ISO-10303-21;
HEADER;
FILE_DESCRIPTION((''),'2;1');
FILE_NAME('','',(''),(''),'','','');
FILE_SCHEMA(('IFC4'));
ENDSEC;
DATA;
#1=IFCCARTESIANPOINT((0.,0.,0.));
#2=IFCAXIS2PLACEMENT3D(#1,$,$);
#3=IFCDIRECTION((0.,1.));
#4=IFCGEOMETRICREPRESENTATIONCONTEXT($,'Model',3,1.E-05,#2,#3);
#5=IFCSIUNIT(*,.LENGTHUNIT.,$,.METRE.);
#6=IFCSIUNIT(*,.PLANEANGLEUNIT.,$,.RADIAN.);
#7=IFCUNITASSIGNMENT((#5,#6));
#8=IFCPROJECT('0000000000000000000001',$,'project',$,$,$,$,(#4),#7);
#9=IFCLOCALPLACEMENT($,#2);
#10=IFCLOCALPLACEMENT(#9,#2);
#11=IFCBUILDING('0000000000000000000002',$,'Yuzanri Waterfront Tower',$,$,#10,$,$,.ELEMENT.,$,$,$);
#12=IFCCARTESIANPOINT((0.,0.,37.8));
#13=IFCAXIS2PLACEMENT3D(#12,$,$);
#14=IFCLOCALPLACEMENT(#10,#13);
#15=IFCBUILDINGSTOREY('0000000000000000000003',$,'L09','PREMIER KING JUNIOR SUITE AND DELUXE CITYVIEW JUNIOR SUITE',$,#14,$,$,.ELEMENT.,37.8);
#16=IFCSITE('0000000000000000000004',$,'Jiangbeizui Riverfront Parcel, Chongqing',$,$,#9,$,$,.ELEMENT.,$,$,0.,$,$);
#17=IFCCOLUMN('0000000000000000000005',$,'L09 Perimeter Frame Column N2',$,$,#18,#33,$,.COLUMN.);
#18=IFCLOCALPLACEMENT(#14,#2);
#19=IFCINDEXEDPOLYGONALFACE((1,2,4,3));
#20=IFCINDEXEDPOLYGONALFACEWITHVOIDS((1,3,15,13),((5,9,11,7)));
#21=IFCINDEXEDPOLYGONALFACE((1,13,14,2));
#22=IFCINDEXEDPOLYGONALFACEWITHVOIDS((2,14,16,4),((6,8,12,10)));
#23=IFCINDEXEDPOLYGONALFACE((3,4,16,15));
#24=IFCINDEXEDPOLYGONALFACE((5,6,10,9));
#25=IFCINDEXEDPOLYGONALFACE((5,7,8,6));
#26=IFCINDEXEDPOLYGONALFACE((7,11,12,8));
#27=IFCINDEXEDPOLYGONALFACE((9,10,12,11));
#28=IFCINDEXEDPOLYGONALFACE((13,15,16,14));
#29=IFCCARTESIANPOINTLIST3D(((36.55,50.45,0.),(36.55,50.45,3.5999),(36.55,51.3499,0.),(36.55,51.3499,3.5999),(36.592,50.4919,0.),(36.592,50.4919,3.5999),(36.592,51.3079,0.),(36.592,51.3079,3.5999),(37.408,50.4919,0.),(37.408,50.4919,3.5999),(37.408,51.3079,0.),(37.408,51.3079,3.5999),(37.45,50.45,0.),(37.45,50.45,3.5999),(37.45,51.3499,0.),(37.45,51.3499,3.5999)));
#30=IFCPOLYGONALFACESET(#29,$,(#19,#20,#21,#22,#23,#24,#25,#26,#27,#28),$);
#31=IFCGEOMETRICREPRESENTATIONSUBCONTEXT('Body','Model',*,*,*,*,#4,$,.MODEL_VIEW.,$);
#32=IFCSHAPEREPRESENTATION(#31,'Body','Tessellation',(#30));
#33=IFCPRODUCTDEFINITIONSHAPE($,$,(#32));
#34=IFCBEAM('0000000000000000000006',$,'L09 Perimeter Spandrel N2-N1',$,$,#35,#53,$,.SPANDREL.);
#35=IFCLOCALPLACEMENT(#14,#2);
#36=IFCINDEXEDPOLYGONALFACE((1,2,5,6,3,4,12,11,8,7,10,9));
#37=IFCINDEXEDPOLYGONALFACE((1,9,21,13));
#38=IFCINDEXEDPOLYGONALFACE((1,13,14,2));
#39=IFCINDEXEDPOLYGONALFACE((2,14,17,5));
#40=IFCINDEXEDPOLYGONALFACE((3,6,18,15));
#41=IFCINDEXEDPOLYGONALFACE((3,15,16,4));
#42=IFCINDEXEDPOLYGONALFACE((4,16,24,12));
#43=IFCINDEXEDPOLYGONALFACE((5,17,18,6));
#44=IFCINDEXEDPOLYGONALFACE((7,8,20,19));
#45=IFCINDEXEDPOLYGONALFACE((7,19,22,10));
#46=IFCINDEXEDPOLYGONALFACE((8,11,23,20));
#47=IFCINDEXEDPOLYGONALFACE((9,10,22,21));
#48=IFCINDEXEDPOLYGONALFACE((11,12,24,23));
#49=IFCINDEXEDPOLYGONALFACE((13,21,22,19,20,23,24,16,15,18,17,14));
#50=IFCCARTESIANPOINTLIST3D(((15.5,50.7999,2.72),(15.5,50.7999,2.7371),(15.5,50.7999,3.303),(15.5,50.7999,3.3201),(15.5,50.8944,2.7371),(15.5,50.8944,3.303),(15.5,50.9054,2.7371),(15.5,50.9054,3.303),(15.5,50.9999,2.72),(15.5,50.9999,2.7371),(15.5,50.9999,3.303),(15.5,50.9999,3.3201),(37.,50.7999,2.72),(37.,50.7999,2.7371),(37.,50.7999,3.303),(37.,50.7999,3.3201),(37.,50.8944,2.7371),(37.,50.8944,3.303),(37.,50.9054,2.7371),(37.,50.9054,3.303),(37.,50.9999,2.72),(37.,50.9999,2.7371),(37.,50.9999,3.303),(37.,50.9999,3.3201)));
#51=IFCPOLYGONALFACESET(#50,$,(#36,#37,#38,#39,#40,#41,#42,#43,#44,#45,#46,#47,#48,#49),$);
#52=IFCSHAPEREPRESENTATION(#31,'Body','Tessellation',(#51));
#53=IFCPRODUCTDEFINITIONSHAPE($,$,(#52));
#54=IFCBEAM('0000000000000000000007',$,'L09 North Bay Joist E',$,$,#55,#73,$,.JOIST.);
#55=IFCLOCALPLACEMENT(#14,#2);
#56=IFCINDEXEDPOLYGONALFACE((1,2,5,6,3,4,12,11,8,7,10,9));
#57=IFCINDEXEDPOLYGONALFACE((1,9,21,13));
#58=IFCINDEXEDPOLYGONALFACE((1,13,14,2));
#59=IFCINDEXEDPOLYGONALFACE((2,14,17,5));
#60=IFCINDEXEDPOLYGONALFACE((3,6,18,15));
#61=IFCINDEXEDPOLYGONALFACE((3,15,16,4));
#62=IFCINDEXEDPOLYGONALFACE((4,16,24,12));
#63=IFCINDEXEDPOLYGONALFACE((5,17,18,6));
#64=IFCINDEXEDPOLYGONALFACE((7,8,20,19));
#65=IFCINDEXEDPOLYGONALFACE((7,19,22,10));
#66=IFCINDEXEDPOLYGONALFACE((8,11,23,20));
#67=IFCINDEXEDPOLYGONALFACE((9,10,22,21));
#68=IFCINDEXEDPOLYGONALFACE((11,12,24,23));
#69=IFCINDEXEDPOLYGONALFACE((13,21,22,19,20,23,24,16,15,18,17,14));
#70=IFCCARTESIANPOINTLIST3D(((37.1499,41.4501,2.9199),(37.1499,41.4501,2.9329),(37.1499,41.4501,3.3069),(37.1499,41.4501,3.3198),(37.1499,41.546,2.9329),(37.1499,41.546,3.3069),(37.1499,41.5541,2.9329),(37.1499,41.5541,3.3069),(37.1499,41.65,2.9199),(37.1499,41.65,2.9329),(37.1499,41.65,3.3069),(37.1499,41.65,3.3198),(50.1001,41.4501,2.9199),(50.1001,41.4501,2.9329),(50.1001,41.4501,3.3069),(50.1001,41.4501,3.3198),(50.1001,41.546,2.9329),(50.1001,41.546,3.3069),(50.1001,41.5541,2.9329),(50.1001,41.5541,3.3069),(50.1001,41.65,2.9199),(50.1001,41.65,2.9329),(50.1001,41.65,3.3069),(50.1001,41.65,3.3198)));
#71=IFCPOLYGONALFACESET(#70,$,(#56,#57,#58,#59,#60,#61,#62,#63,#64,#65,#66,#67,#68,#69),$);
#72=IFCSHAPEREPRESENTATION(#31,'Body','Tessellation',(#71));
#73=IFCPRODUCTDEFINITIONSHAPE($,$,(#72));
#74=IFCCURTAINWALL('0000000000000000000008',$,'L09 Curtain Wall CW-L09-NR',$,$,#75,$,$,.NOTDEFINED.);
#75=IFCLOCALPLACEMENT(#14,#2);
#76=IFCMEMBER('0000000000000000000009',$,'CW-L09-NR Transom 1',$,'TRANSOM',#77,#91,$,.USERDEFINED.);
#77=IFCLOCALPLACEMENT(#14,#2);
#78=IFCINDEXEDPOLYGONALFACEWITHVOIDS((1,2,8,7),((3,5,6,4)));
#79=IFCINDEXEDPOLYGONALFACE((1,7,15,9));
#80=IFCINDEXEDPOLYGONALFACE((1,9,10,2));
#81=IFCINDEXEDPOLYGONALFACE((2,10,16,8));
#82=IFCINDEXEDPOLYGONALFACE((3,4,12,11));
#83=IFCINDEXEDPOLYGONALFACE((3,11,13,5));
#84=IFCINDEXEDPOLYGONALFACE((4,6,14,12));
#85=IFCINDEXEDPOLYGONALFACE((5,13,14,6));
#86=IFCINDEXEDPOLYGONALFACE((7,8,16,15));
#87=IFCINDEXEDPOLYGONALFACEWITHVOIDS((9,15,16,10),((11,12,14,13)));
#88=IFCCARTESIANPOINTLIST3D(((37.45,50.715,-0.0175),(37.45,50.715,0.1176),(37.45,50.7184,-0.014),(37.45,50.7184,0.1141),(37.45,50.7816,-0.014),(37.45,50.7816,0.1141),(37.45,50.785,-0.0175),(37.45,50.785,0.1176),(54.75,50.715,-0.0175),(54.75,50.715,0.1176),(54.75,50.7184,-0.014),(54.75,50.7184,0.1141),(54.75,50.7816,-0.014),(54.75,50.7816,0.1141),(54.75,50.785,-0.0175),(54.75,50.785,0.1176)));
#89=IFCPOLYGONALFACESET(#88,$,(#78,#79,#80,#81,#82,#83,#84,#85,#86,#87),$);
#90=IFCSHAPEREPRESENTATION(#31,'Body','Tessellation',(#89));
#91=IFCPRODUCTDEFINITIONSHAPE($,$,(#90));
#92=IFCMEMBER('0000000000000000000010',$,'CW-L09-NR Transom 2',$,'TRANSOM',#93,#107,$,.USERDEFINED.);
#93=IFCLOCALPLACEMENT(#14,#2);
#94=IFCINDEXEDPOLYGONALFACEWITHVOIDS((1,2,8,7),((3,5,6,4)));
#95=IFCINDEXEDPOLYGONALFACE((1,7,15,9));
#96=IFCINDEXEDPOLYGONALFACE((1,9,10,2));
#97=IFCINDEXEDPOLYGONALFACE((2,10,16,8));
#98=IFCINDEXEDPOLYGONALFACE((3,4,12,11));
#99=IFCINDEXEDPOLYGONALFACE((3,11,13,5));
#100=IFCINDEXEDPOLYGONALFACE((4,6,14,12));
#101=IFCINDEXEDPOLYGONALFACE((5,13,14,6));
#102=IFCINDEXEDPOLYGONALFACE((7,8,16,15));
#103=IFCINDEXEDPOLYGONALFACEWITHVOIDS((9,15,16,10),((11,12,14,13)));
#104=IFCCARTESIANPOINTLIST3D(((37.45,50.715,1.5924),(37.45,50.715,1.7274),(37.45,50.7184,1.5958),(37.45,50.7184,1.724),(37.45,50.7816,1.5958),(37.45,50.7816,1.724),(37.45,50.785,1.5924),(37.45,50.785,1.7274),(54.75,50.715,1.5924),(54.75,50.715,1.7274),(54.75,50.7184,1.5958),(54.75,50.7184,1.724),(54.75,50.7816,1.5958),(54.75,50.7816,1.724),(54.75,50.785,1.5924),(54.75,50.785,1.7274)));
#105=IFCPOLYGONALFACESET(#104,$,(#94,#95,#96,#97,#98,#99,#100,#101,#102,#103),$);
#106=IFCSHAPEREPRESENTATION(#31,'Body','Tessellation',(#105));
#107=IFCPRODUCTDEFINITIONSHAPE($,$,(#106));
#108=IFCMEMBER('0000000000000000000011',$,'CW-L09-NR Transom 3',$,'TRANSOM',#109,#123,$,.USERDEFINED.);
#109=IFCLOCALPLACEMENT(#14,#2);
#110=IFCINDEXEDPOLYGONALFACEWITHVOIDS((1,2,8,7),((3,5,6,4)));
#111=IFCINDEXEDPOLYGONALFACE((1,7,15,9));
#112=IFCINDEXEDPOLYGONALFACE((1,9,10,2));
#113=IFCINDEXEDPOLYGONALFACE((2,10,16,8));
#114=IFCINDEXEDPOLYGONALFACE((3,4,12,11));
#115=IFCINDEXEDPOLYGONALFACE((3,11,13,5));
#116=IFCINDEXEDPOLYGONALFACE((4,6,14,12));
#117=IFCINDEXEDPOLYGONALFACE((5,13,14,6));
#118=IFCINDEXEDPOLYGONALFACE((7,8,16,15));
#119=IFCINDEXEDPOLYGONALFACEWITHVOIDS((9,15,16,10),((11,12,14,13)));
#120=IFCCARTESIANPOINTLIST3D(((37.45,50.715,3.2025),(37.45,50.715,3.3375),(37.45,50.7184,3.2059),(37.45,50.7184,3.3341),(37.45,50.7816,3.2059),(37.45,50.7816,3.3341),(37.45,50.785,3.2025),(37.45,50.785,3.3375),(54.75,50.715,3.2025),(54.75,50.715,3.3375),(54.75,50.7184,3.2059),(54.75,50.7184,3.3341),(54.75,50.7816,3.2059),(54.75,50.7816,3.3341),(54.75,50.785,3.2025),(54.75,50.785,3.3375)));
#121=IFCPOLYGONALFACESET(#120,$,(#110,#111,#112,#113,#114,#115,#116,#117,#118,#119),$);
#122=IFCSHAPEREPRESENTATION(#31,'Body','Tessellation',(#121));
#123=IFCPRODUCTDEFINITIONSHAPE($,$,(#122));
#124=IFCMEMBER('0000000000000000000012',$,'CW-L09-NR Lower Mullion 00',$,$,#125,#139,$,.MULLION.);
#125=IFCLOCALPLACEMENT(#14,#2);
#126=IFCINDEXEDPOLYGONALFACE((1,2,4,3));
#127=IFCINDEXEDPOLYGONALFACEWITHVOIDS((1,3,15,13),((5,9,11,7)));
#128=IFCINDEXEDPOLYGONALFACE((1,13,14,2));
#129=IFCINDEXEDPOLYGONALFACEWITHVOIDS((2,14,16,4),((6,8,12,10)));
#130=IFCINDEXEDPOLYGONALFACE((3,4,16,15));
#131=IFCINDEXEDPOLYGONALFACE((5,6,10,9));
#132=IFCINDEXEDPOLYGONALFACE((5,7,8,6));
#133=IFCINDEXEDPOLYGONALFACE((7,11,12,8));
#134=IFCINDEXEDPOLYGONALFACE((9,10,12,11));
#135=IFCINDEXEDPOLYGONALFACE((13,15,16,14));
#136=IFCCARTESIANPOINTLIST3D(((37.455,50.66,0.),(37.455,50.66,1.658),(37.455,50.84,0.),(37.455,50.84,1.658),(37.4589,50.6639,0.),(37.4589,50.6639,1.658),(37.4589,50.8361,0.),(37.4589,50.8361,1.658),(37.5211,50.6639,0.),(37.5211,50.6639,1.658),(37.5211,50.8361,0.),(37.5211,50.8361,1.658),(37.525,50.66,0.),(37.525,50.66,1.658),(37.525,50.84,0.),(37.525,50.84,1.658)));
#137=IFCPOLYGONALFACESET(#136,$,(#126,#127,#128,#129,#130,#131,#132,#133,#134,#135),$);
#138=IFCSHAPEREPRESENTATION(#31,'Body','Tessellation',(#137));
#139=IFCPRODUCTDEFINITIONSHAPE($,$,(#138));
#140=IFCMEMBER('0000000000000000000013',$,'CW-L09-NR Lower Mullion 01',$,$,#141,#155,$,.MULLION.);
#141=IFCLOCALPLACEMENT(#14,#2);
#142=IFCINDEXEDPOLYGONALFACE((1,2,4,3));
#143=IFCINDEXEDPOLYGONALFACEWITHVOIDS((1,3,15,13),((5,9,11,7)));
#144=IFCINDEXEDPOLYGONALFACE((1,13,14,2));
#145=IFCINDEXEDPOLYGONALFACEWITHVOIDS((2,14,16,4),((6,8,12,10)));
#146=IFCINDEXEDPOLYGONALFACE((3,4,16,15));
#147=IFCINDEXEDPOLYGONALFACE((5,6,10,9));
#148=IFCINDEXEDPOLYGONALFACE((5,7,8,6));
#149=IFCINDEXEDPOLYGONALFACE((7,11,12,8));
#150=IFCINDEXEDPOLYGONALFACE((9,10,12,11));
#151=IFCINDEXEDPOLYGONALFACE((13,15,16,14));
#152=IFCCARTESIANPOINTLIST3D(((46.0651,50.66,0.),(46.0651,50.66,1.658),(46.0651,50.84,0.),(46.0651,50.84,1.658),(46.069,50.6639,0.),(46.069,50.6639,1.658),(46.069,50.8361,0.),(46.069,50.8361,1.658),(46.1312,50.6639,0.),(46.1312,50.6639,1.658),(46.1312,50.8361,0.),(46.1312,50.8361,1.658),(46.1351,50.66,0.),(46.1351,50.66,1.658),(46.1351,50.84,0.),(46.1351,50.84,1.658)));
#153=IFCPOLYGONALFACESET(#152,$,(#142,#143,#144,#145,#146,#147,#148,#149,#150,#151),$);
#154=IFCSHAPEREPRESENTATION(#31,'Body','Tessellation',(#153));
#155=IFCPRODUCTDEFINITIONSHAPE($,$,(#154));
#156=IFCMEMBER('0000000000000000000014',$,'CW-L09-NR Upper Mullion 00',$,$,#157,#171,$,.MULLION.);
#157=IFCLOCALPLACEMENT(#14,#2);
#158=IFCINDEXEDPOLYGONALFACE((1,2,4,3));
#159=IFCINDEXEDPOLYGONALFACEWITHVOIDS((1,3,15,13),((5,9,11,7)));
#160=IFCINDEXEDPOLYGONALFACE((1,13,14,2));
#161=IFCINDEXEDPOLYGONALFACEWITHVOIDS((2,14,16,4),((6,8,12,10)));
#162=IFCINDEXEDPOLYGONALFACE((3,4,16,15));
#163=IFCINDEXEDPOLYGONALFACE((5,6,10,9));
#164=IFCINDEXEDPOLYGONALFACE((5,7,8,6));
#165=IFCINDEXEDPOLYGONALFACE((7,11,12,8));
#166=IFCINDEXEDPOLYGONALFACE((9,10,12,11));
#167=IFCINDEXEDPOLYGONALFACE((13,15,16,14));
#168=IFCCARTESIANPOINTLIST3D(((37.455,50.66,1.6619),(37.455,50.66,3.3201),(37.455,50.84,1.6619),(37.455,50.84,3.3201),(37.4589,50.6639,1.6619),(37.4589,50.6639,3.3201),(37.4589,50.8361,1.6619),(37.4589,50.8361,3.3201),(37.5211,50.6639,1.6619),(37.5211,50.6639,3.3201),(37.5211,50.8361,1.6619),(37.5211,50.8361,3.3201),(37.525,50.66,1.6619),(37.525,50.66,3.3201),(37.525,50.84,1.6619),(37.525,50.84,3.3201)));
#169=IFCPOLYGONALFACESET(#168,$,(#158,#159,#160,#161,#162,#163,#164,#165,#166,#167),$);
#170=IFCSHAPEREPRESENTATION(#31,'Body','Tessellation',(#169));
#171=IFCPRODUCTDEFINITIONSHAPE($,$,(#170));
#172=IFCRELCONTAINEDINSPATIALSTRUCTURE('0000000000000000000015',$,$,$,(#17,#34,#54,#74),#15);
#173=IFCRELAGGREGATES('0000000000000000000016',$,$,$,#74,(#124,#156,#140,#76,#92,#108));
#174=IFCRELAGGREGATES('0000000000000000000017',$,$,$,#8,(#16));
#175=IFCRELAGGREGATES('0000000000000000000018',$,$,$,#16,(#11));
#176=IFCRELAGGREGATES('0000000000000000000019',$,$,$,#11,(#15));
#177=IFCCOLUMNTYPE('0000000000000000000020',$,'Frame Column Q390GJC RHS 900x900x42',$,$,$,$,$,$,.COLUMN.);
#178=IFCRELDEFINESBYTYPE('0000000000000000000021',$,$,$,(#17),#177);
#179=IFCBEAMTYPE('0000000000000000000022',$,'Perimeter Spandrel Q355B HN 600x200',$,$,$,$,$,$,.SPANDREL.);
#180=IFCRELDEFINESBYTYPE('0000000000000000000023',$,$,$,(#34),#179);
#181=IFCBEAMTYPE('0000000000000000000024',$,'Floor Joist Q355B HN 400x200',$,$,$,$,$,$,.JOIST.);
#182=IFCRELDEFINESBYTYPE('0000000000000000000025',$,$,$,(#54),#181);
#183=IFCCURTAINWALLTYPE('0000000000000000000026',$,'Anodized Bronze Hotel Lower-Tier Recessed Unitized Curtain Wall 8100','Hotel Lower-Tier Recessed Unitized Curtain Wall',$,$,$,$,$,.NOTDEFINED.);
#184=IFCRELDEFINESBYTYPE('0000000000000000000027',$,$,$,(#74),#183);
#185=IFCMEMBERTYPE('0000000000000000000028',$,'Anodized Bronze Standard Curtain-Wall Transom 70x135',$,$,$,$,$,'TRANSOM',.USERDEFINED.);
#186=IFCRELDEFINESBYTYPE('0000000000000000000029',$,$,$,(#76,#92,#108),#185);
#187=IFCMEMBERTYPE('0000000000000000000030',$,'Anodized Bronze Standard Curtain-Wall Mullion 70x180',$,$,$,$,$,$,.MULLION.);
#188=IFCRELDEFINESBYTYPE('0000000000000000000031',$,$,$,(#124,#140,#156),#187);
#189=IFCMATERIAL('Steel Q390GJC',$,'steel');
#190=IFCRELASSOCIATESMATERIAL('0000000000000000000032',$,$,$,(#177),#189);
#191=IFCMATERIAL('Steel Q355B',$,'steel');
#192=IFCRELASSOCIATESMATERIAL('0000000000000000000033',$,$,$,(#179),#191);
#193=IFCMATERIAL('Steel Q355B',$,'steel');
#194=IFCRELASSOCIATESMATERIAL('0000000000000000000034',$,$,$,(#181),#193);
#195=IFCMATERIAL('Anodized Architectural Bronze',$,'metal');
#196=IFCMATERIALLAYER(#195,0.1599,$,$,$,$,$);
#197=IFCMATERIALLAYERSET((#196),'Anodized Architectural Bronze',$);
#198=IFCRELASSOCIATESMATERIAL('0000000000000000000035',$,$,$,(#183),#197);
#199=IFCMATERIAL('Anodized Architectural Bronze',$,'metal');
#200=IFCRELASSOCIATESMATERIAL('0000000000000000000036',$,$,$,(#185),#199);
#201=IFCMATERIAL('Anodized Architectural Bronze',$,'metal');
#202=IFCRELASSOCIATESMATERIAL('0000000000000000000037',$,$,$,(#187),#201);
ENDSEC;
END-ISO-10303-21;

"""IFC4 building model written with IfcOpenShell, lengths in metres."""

from ifc_helpers import new_model, si_unit, direction, frame, origin, origin_2d, place, context, subcontext, project, spatial, hollow_rectangle, i_section, extrude, source, transform, mapped, material, layer, layer_set, material_profile, profile_set, type_object, element, aggregate, save


model = new_model("IFC4")

# Units and contexts
model_context = context("Model", 3, precision=1e-05, world=origin(), true_north=direction((0.0, 1.0)))
body_context = subcontext(model_context, "Body", "Model", "MODEL_VIEW")
ifc_project = project(units=[si_unit("LENGTHUNIT", "METRE"), si_unit("PLANEANGLEUNIT", "RADIAN")], contexts=[model_context])

# Site, building, storey
site_placement = place(None, origin())
site = spatial("IfcSite", under=ifc_project, at=site_placement, Name="Jiangbeizui Riverfront Parcel, Chongqing", CompositionType="ELEMENT", RefElevation=0.0)
building_placement = place(site_placement, origin())
building = spatial("IfcBuilding", under=site, at=building_placement, Name="Yuzanri Waterfront Tower", CompositionType="ELEMENT")
storey_placement = place(building_placement, frame((0.0, 0.0, 37.8)))
storey = spatial("IfcBuildingStorey", under=building, at=storey_placement, Name="L09", Description="PREMIER KING JUNIOR SUITE AND DELUXE CITYVIEW JUNIOR SUITE", CompositionType="ELEMENT", Elevation=37.8)

# Column
ifc_material_1 = material(Name="Steel Q390GJC", Category="steel")
ifc_material_profile_1 = material_profile(ifc_material_1, hollow_rectangle(XDim=0.8999, YDim=0.8999, WallThickness=0.042, at=origin_2d()), Name="RHS 900x900x42")
ifc_profile_set_1 = profile_set([ifc_material_profile_1], Name="Steel Q390GJC")
column_type = type_object("IfcColumnType", Name="Frame Column Q390GJC RHS 900x900x42", PredefinedType="COLUMN", material=ifc_profile_set_1)
shared_shape_1 = source(origin(), body_context, "Body", "SweptSolid", [
    extrude(hollow_rectangle(XDim=0.8999, YDim=0.8999, WallThickness=0.042, at=origin_2d()), origin(), (0.0, 0.0, 1.0), 3.5999),
])
column_placement = place(storey_placement, frame((37.0, 50.8999, 0.0), z_axis=(0.0, 0.0, 1.0), x_axis=(1.0, 0.0, 0.0)))
element("IfcColumn", 1, at=column_placement, inside=storey, type_object=column_type, Name="L09 Perimeter Frame Column N2", PredefinedType="COLUMN", context=body_context, shape_type="MappedRepresentation", body=[
    mapped(shared_shape_1, transform((0.0, 0.0, 0.0), scale=1.0)),
])

# Beams
ifc_material_2 = material(Name="Steel Q355B", Category="steel")
ifc_material_profile_2 = material_profile(ifc_material_2, i_section(OverallWidth=0.2, OverallDepth=0.6001, WebThickness=0.011, FlangeThickness=0.0171, at=origin_2d()), Name="HN 600x200x11x17")
ifc_profile_set_2 = profile_set([ifc_material_profile_2], Name="Steel Q355B")
beam_type_1 = type_object("IfcBeamType", Name="Perimeter Spandrel Q355B HN 600x200", PredefinedType="SPANDREL", material=ifc_profile_set_2)
shared_shape_2 = source(origin(), body_context, "Body", "SweptSolid", [
    extrude(i_section(OverallWidth=0.2, OverallDepth=0.6001, WebThickness=0.011, FlangeThickness=0.0171, at=origin_2d()), origin(), (0.0, 0.0, 1.0), 21.5),
])
beam_1_placement = place(storey_placement, frame((37.0, 50.8999, 3.02), z_axis=(-1.0, 0.0, 0.0), x_axis=(0.0, -1.0, 0.0)))
element("IfcBeam", 2, at=beam_1_placement, inside=storey, type_object=beam_type_1, Name="L09 Perimeter Spandrel N2-N1", PredefinedType="SPANDREL", context=body_context, shape_type="MappedRepresentation", body=[
    mapped(shared_shape_2, transform((0.0, 0.0, 0.0), scale=1.0)),
])
ifc_material_3 = material(Name="Steel Q355B", Category="steel")
ifc_material_profile_3 = material_profile(ifc_material_3, i_section(OverallWidth=0.2, OverallDepth=0.3999, WebThickness=0.0081, FlangeThickness=0.0129, at=origin_2d()), Name="HN 400x200x8x13")
ifc_profile_set_3 = profile_set([ifc_material_profile_3], Name="Steel Q355B")
beam_type_2 = type_object("IfcBeamType", Name="Floor Joist Q355B HN 400x200", PredefinedType="JOIST", material=ifc_profile_set_3)
shared_shape_3 = source(origin(), body_context, "Body", "SweptSolid", [
    extrude(i_section(OverallWidth=0.2, OverallDepth=0.3999, WebThickness=0.0081, FlangeThickness=0.0129, at=origin_2d()), origin(), (0.0, 0.0, 1.0), 12.9502),
])
beam_2_placement = place(storey_placement, frame((37.1499, 41.55, 3.1199), z_axis=(1.0, 0.0, 0.0), x_axis=(0.0, 1.0, 0.0)))
element("IfcBeam", 3, at=beam_2_placement, inside=storey, type_object=beam_type_2, Name="L09 North Bay Joist E", PredefinedType="JOIST", context=body_context, shape_type="MappedRepresentation", body=[
    mapped(shared_shape_3, transform((0.0, 0.0, 0.0), scale=1.0)),
])

# Curtain wall, members
ifc_material_4 = material(Name="Anodized Architectural Bronze", Category="metal")
ifc_layer_1 = layer(ifc_material_4, 0.1599)
ifc_layer_set_1 = layer_set([ifc_layer_1], Name="Anodized Architectural Bronze")
curtain_wall_type = type_object("IfcCurtainWallType", Name="Anodized Bronze Hotel Lower-Tier Recessed Unitized Curtain Wall 8100", Description="Hotel Lower-Tier Recessed Unitized Curtain Wall", PredefinedType="NOTDEFINED", material=ifc_layer_set_1)
curtain_wall_placement = place(storey_placement, origin())
curtain_wall = element("IfcCurtainWall", 4, at=curtain_wall_placement, inside=storey, type_object=curtain_wall_type, Name="L09 Curtain Wall CW-L09-NR", PredefinedType="NOTDEFINED")
ifc_material_5 = material(Name="Anodized Architectural Bronze", Category="metal")
ifc_material_profile_4 = material_profile(ifc_material_5, hollow_rectangle(XDim=0.0701, YDim=0.135, WallThickness=0.0034, at=origin_2d()), Name="CWT 70x135")
ifc_profile_set_4 = profile_set([ifc_material_profile_4], Name="Anodized Architectural Bronze")
member_type_1 = type_object("IfcMemberType", Name="Anodized Bronze Standard Curtain-Wall Transom 70x135", ElementType="TRANSOM", PredefinedType="USERDEFINED", material=ifc_profile_set_4)
shared_shape_4 = source(origin(), body_context, "Body", "SweptSolid", [
    extrude(hollow_rectangle(XDim=0.0701, YDim=0.135, WallThickness=0.0034, at=origin_2d()), origin(), (0.0, 0.0, 1.0), 17.3),
])
member_1_placement = place(storey_placement, frame((37.45, 50.75, 0.05), z_axis=(1.0, 0.0, 0.0), x_axis=(0.0, 1.0, 0.0)))
member_1 = element("IfcMember", 5, at=member_1_placement, type_object=member_type_1, Name="CW-L09-NR Transom 1", ObjectType="TRANSOM", PredefinedType="USERDEFINED", context=body_context, shape_type="MappedRepresentation", body=[
    mapped(shared_shape_4, transform((0.0, 0.0, 0.0), scale=1.0)),
])
member_2_placement = place(storey_placement, frame((37.45, 50.75, 1.6599), z_axis=(1.0, 0.0, 0.0), x_axis=(0.0, 1.0, 0.0)))
member_2 = element("IfcMember", 6, at=member_2_placement, type_object=member_type_1, Name="CW-L09-NR Transom 2", ObjectType="TRANSOM", PredefinedType="USERDEFINED", context=body_context, shape_type="MappedRepresentation", body=[
    mapped(shared_shape_4, transform((0.0, 0.0, 0.0), scale=1.0)),
])
member_3_placement = place(storey_placement, frame((37.45, 50.75, 3.27), z_axis=(1.0, 0.0, 0.0), x_axis=(0.0, 1.0, 0.0)))
member_3 = element("IfcMember", 7, at=member_3_placement, type_object=member_type_1, Name="CW-L09-NR Transom 3", ObjectType="TRANSOM", PredefinedType="USERDEFINED", context=body_context, shape_type="MappedRepresentation", body=[
    mapped(shared_shape_4, transform((0.0, 0.0, 0.0), scale=1.0)),
])
ifc_material_6 = material(Name="Anodized Architectural Bronze", Category="metal")
ifc_material_profile_5 = material_profile(ifc_material_6, hollow_rectangle(XDim=0.0701, YDim=0.1799, WallThickness=0.0039, at=origin_2d()), Name="CWM 70x180")
ifc_profile_set_5 = profile_set([ifc_material_profile_5], Name="Anodized Architectural Bronze")
member_type_2 = type_object("IfcMemberType", Name="Anodized Bronze Standard Curtain-Wall Mullion 70x180", PredefinedType="MULLION", material=ifc_profile_set_5)
shared_shape_5 = source(origin(), body_context, "Body", "SweptSolid", [
    extrude(hollow_rectangle(XDim=0.0701, YDim=0.1799, WallThickness=0.0039, at=origin_2d()), origin(), (0.0, 0.0, 1.0), 1.658),
])
member_4_placement = place(storey_placement, frame((37.49, 50.75, 0.0), z_axis=(0.0, 0.0, 1.0), x_axis=(1.0, 0.0, 0.0)))
member_4 = element("IfcMember", 8, at=member_4_placement, type_object=member_type_2, Name="CW-L09-NR Lower Mullion 00", PredefinedType="MULLION", context=body_context, shape_type="MappedRepresentation", body=[
    mapped(shared_shape_5, transform((0.0, 0.0, 0.0), scale=1.0)),
])
member_5_placement = place(storey_placement, frame((46.1001, 50.75, 0.0), z_axis=(0.0, 0.0, 1.0), x_axis=(1.0, 0.0, 0.0)))
member_5 = element("IfcMember", 9, at=member_5_placement, type_object=member_type_2, Name="CW-L09-NR Lower Mullion 01", PredefinedType="MULLION", context=body_context, shape_type="MappedRepresentation", body=[
    mapped(shared_shape_5, transform((0.0, 0.0, 0.0), scale=1.0)),
])
shared_shape_6 = source(origin(), body_context, "Body", "SweptSolid", [
    extrude(hollow_rectangle(XDim=0.0701, YDim=0.1799, WallThickness=0.0039, at=origin_2d()), origin(), (0.0, 0.0, 1.0), 1.6582),
])
member_6_placement = place(storey_placement, frame((37.49, 50.75, 1.6619), z_axis=(0.0, 0.0, 1.0), x_axis=(1.0, 0.0, 0.0)))
member_6 = element("IfcMember", 10, at=member_6_placement, type_object=member_type_2, Name="CW-L09-NR Upper Mullion 00", PredefinedType="MULLION", context=body_context, shape_type="MappedRepresentation", body=[
    mapped(shared_shape_6, transform((0.0, 0.0, 0.0), scale=1.0)),
])
aggregate(curtain_wall, [member_4, member_6, member_5, member_1, member_2, member_3])

save(model, "model.ifc")
